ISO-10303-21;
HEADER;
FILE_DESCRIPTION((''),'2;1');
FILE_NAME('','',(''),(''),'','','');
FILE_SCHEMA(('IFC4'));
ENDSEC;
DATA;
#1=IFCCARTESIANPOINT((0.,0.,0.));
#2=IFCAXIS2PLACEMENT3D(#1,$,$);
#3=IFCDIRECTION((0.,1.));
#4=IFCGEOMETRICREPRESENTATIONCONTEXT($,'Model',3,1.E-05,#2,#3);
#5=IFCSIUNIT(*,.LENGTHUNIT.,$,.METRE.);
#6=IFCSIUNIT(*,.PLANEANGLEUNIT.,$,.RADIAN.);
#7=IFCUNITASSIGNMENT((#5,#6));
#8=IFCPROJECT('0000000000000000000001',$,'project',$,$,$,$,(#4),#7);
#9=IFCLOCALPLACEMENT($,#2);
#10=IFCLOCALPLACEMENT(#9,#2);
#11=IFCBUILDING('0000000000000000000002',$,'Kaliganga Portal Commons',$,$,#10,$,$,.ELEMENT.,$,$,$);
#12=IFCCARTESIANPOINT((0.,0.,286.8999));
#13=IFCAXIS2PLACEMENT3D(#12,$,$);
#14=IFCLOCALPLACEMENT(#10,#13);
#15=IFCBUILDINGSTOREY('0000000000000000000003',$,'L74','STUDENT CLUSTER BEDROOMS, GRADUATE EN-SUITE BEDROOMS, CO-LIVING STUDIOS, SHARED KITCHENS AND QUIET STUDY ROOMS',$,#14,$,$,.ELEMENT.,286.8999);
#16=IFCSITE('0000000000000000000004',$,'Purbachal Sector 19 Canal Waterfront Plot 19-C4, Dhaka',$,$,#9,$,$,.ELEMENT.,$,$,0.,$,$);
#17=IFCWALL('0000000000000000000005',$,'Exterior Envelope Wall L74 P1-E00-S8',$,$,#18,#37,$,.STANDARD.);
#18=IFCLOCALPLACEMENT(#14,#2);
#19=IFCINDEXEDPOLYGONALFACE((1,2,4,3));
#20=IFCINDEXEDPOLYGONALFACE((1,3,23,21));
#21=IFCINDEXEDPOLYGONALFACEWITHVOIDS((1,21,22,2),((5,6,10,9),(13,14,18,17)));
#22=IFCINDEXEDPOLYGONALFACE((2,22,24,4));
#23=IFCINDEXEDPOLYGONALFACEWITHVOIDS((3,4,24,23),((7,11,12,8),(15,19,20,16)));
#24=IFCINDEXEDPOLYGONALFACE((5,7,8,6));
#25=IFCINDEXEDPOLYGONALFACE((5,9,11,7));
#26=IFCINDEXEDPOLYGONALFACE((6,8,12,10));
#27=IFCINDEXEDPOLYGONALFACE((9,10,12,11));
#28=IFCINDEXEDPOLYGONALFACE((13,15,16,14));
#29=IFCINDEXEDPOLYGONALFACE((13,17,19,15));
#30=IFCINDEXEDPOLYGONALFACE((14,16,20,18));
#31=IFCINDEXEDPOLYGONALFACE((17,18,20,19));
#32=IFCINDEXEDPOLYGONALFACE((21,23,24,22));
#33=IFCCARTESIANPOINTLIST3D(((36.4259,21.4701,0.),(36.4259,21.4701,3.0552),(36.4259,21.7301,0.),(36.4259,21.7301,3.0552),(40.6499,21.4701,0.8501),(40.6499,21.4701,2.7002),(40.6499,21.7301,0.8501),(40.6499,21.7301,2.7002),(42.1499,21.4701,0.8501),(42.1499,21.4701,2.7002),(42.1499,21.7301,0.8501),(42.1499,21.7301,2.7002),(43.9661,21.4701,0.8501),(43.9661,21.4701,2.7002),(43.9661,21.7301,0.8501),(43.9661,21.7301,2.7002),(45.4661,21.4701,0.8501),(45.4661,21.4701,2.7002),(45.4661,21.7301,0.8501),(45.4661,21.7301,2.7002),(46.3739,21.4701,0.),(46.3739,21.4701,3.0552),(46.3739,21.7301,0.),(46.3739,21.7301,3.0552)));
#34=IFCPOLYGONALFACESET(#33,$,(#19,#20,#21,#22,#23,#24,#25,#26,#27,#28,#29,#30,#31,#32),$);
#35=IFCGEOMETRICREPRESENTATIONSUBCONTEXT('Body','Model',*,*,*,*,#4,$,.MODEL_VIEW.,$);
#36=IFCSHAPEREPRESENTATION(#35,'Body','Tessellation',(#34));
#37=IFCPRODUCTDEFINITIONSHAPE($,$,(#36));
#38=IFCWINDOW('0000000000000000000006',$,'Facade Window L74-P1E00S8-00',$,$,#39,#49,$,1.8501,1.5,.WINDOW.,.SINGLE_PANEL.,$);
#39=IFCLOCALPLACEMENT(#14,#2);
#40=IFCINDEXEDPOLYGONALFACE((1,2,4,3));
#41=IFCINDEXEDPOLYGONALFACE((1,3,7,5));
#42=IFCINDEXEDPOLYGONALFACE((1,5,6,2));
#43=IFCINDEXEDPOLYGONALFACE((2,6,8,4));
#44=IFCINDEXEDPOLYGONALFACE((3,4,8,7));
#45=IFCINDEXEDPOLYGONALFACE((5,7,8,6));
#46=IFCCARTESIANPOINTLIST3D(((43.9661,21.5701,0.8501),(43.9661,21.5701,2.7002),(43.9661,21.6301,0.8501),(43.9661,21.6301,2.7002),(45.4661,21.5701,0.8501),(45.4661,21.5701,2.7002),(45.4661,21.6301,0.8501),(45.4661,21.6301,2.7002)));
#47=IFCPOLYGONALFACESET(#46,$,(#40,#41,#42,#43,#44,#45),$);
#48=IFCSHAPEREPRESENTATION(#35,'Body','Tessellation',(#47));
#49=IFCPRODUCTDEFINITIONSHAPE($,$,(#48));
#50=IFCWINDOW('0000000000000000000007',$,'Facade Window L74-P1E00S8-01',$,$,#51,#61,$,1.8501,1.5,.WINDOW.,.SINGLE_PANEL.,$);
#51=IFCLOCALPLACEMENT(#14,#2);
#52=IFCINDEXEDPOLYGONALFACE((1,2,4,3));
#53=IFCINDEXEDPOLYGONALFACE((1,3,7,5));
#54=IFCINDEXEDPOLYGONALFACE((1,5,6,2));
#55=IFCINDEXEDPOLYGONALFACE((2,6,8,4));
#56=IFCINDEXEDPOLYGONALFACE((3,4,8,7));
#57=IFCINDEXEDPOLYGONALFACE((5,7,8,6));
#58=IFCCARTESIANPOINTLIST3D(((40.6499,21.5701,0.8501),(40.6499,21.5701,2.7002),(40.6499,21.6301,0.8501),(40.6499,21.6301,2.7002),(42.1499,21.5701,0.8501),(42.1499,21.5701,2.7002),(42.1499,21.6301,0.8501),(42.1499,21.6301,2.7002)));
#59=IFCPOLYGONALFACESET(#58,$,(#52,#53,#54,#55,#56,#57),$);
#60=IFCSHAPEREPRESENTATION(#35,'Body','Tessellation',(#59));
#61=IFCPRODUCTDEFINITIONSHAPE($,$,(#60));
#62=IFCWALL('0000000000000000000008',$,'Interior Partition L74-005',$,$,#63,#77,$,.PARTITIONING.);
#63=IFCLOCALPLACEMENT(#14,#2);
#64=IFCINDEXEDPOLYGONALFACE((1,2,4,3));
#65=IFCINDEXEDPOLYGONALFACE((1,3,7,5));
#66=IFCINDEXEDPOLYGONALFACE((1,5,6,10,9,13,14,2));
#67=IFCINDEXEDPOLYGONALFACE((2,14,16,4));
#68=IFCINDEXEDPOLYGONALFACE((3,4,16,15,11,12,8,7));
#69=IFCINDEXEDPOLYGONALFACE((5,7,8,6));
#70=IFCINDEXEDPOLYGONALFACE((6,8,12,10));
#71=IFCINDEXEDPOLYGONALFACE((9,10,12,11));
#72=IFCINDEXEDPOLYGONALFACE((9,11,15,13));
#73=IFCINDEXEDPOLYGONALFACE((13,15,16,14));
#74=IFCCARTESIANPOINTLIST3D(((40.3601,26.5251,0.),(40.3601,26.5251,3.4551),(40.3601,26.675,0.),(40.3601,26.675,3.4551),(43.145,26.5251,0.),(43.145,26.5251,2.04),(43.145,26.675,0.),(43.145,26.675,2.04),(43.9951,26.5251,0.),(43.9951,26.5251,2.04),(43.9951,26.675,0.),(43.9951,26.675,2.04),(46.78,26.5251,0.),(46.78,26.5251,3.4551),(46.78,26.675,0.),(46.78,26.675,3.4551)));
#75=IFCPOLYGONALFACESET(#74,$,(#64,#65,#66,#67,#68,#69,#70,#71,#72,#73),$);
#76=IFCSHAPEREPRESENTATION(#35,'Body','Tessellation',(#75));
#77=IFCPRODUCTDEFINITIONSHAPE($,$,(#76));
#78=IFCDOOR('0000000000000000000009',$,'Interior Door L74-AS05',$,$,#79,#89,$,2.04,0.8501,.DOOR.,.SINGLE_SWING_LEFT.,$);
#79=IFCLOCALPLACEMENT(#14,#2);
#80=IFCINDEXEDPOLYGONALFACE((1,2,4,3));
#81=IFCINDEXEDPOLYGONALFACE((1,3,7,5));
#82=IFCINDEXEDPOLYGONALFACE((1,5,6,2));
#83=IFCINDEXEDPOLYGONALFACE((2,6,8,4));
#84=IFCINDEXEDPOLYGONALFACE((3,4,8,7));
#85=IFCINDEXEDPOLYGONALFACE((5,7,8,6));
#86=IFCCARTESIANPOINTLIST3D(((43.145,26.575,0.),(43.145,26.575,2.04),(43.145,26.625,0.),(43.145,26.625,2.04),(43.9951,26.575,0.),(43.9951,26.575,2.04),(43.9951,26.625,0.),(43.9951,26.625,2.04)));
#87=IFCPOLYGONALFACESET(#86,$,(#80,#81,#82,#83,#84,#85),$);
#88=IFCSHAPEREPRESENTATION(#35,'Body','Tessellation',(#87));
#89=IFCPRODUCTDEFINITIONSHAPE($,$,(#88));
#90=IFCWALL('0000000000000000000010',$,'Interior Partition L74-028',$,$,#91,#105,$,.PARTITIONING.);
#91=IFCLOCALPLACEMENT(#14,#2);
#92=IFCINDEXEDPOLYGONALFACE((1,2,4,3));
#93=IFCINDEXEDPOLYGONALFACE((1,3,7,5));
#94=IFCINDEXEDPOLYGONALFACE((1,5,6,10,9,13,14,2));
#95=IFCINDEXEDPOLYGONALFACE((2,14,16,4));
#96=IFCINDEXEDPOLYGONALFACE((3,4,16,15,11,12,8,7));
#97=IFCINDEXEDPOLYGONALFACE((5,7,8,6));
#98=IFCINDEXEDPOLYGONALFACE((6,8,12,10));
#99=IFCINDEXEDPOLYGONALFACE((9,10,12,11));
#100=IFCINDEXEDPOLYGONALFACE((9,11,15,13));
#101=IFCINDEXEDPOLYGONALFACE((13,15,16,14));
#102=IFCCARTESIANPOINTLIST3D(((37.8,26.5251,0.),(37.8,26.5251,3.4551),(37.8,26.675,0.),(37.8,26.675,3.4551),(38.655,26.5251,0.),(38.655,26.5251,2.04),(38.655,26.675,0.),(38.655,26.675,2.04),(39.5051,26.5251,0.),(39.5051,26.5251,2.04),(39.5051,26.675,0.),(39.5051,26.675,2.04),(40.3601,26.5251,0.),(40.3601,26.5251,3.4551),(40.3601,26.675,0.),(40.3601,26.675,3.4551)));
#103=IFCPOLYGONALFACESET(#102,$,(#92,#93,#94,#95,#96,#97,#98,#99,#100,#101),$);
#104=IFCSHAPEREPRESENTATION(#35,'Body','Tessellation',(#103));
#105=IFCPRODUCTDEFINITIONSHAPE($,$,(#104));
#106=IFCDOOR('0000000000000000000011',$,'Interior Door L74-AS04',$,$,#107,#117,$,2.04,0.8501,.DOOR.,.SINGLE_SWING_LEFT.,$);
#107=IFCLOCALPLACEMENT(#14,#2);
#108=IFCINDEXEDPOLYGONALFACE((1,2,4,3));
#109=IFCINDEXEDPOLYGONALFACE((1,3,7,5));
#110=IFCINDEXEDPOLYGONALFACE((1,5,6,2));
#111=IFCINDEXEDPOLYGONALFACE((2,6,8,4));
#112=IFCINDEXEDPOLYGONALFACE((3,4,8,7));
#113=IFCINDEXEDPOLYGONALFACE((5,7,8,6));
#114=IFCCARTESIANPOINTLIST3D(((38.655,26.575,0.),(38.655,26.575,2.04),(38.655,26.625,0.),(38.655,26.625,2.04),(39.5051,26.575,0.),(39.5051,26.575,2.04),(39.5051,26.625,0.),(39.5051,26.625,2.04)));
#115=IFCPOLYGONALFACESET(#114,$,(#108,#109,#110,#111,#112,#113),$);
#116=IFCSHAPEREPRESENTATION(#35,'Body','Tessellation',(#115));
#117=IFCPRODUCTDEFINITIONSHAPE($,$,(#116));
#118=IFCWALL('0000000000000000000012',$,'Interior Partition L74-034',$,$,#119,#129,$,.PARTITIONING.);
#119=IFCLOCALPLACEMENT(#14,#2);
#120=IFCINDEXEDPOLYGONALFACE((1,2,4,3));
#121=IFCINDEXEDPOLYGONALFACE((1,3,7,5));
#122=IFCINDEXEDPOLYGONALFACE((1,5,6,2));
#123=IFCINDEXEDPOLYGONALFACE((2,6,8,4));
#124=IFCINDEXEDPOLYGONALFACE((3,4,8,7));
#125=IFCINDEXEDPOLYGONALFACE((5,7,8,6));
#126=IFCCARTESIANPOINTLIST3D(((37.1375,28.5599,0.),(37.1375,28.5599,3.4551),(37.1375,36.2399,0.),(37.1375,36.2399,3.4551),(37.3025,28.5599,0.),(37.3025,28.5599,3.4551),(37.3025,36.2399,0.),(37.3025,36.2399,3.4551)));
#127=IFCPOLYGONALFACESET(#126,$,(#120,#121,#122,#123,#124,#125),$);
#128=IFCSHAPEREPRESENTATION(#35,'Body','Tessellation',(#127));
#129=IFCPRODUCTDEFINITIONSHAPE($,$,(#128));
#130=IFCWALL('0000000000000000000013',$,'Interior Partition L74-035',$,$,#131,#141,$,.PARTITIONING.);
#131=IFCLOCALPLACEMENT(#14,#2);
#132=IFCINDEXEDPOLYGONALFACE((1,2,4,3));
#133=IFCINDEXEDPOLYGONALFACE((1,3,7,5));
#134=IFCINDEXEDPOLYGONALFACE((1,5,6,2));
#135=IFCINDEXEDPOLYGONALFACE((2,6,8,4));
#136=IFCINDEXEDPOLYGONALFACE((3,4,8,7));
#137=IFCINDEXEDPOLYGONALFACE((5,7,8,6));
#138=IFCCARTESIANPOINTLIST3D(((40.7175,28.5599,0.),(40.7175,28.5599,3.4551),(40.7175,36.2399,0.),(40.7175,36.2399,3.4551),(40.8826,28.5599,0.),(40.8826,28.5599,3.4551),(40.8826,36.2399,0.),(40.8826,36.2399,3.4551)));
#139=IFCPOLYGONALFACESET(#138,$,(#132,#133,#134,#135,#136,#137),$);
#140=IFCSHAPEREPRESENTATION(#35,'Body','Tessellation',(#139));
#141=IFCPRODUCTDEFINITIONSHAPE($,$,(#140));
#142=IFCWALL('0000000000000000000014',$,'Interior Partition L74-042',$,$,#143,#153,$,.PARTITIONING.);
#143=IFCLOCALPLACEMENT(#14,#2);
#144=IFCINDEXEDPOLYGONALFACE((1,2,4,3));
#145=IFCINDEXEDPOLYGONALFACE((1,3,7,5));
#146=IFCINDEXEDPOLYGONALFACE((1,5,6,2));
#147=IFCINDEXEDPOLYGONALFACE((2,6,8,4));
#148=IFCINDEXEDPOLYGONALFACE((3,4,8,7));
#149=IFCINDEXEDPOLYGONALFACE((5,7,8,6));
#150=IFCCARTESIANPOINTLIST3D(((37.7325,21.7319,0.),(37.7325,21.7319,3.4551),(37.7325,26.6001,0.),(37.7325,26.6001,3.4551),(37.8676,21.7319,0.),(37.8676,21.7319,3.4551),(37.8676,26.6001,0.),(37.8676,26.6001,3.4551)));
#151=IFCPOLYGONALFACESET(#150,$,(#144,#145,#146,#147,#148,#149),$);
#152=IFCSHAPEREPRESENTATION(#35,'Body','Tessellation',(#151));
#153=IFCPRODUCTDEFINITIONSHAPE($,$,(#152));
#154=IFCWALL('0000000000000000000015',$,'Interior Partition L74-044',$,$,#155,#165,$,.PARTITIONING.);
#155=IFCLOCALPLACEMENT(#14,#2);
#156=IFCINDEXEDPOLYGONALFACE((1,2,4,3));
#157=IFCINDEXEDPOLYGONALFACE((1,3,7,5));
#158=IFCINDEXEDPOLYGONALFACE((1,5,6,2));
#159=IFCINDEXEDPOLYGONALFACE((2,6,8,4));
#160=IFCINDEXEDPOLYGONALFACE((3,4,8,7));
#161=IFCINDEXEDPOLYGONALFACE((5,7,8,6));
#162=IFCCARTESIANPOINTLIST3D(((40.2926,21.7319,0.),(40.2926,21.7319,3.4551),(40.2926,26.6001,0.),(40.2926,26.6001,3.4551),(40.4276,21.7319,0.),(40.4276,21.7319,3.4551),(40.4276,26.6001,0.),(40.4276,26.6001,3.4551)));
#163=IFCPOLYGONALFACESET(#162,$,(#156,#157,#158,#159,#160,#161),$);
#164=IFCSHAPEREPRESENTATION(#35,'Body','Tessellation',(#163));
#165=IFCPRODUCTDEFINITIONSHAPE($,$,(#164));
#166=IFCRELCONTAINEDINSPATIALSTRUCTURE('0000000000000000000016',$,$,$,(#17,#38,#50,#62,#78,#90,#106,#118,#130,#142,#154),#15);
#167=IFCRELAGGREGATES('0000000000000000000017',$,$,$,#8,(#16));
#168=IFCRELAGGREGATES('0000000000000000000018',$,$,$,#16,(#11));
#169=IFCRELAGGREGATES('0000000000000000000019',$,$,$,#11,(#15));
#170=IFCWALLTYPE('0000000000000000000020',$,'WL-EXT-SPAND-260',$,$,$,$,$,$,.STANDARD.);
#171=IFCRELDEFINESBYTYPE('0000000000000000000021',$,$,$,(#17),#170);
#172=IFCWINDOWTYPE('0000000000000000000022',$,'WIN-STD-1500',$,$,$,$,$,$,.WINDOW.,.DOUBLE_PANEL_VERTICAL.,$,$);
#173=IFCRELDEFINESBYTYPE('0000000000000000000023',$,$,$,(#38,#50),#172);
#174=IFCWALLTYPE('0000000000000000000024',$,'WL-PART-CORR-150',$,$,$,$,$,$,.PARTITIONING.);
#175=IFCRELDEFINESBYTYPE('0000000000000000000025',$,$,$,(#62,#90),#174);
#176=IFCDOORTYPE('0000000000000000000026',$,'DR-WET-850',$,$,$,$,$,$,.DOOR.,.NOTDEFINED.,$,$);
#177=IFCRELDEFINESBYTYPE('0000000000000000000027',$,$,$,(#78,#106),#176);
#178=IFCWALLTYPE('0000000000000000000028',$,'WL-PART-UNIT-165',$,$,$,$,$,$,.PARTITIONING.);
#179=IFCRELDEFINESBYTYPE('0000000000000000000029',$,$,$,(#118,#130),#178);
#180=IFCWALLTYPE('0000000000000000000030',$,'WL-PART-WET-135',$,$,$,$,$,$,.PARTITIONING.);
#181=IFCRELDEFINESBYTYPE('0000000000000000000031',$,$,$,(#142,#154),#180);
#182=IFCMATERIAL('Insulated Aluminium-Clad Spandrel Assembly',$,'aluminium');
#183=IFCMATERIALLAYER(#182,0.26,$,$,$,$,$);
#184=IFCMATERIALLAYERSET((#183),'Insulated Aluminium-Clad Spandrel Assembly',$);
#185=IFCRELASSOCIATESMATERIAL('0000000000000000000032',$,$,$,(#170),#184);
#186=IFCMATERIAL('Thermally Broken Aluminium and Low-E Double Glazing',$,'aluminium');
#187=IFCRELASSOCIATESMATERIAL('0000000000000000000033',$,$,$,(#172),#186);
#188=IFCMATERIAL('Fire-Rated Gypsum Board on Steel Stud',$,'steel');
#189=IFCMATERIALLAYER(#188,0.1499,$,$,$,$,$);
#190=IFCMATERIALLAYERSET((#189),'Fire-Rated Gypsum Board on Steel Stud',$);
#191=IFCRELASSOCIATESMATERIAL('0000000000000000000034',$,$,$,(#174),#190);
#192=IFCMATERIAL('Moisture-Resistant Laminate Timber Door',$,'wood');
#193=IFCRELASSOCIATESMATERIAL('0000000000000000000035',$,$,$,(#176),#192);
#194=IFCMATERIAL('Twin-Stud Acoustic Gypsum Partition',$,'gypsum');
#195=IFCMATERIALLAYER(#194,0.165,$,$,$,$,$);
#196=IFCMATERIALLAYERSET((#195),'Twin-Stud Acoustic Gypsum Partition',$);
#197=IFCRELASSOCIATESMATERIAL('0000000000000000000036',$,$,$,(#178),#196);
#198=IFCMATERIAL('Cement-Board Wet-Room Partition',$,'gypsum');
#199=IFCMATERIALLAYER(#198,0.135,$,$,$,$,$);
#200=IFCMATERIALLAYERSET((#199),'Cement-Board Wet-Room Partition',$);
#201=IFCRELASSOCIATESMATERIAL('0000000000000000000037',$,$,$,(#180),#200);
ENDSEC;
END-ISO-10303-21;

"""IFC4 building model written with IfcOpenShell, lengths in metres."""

from ifc_helpers import new_model, si_unit, direction, frame, frame_2d, origin, place, context, subcontext, project, spatial, rectangle, extrude, material, layer, layer_set, type_object, element, fill, save


model = new_model("IFC4")

# Units and contexts
model_context = context("Model", 3, precision=1e-05, world=origin(), true_north=direction((0.0, 1.0)))
body_context = subcontext(model_context, "Body", "Model", "MODEL_VIEW")
ifc_project = project(units=[si_unit("LENGTHUNIT", "METRE"), si_unit("PLANEANGLEUNIT", "RADIAN")], contexts=[model_context])

# Site, building, storey
site_placement = place(None, origin())
site = spatial("IfcSite", under=ifc_project, at=site_placement, Name="Purbachal Sector 19 Canal Waterfront Plot 19-C4, Dhaka", CompositionType="ELEMENT", RefElevation=0.0)
building_placement = place(site_placement, origin())
building = spatial("IfcBuilding", under=site, at=building_placement, Name="Kaliganga Portal Commons", CompositionType="ELEMENT")
storey_placement = place(building_placement, frame((0.0, 0.0, 286.8999)))
storey = spatial("IfcBuildingStorey", under=building, at=storey_placement, Name="L74", Description="STUDENT CLUSTER BEDROOMS, GRADUATE EN-SUITE BEDROOMS, CO-LIVING STUDIOS, SHARED KITCHENS AND QUIET STUDY ROOMS", CompositionType="ELEMENT", Elevation=286.8999)

# Wall, openings, windows
ifc_material_1 = material(Name="Insulated Aluminium-Clad Spandrel Assembly", Category="aluminium")
ifc_layer_1 = layer(ifc_material_1, 0.26)
ifc_layer_set_1 = layer_set([ifc_layer_1], Name="Insulated Aluminium-Clad Spandrel Assembly")
wall_type_1 = type_object("IfcWallType", Name="WL-EXT-SPAND-260", PredefinedType="STANDARD", material=ifc_layer_set_1)
wall_1_placement = place(storey_placement, frame((46.374, 21.6001, 0.0), z_axis=(0.0, 0.0, 1.0), x_axis=(-1.0, 0.0, 0.0)))
wall_1 = element("IfcWall", 1, at=wall_1_placement, inside=storey, type_object=wall_type_1, Name="Exterior Envelope Wall L74 P1-E00-S8", PredefinedType="STANDARD", context=body_context, shape_type="SweptSolid", body=[
    extrude(rectangle(XDim=9.948, YDim=0.26, at=frame_2d((4.9741, 0.0))), origin(), (0.0, 0.0, 1.0), 3.0552),
])
opening_1_placement = place(wall_1_placement, frame((0.908, 0.0, 0.8501)))
opening_1 = element("IfcOpeningElement", 2, at=opening_1_placement, cuts=wall_1, PredefinedType="OPENING", context=body_context, shape_type="SweptSolid", body=[
    extrude(rectangle(XDim=1.5, YDim=1.8501, at=frame_2d((0.75, 0.925))), frame((0.0, 0.1401, 0.0), z_axis=(0.0, -1.0, 0.0), x_axis=(1.0, 0.0, 0.0)), (0.0, 0.0, 1.0), 0.28),
])
opening_2_placement = place(wall_1_placement, frame((4.2241, 0.0, 0.8501)))
opening_2 = element("IfcOpeningElement", 3, at=opening_2_placement, cuts=wall_1, PredefinedType="OPENING", context=body_context, shape_type="SweptSolid", body=[
    extrude(rectangle(XDim=1.5, YDim=1.8501, at=frame_2d((0.75, 0.925))), frame((0.0, 0.1401, 0.0), z_axis=(0.0, -1.0, 0.0), x_axis=(1.0, 0.0, 0.0)), (0.0, 0.0, 1.0), 0.28),
])
ifc_material_2 = material(Name="Thermally Broken Aluminium and Low-E Double Glazing", Category="aluminium")
window_type = type_object("IfcWindowType", Name="WIN-STD-1500", PartitioningType="DOUBLE_PANEL_VERTICAL", PredefinedType="WINDOW", material=ifc_material_2)
window_1_placement = place(opening_1_placement, origin())
window_1 = element("IfcWindow", 4, at=window_1_placement, inside=storey, type_object=window_type, Name="Facade Window L74-P1E00S8-00", OverallHeight=1.8501, OverallWidth=1.5, PartitioningType="SINGLE_PANEL", PredefinedType="WINDOW", context=body_context, shape_type="SweptSolid", body=[
    extrude(rectangle(XDim=1.5, YDim=1.8501, at=frame_2d((0.75, 0.925))), frame((0.0, 0.03, 0.0), z_axis=(0.0, -1.0, 0.0), x_axis=(1.0, 0.0, 0.0)), (0.0, 0.0, 1.0), 0.0601),
])
fill(opening_1, window_1)
window_2_placement = place(opening_2_placement, origin())
window_2 = element("IfcWindow", 5, at=window_2_placement, inside=storey, type_object=window_type, Name="Facade Window L74-P1E00S8-01", OverallHeight=1.8501, OverallWidth=1.5, PartitioningType="SINGLE_PANEL", PredefinedType="WINDOW", context=body_context, shape_type="SweptSolid", body=[
    extrude(rectangle(XDim=1.5, YDim=1.8501, at=frame_2d((0.75, 0.925))), frame((0.0, 0.03, 0.0), z_axis=(0.0, -1.0, 0.0), x_axis=(1.0, 0.0, 0.0)), (0.0, 0.0, 1.0), 0.0601),
])
fill(opening_2, window_2)

# Walls, openings, doors
ifc_material_3 = material(Name="Fire-Rated Gypsum Board on Steel Stud", Category="steel")
ifc_layer_2 = layer(ifc_material_3, 0.1499)
ifc_layer_set_2 = layer_set([ifc_layer_2], Name="Fire-Rated Gypsum Board on Steel Stud")
wall_type_2 = type_object("IfcWallType", Name="WL-PART-CORR-150", PredefinedType="PARTITIONING", material=ifc_layer_set_2)
wall_2_placement = place(storey_placement, frame((40.3601, 26.6001, 0.0), z_axis=(0.0, 0.0, 1.0), x_axis=(1.0, 0.0, 0.0)))
wall_2 = element("IfcWall", 6, at=wall_2_placement, inside=storey, type_object=wall_type_2, Name="Interior Partition L74-005", PredefinedType="PARTITIONING", context=body_context, shape_type="SweptSolid", body=[
    extrude(rectangle(XDim=6.4199, YDim=0.1499, at=frame_2d((3.21, 0.0))), origin(), (0.0, 0.0, 1.0), 3.4551),
])
opening_3_placement = place(wall_2_placement, frame((2.7849, 0.0, 0.0)))
opening_3 = element("IfcOpeningElement", 7, at=opening_3_placement, cuts=wall_2, PredefinedType="OPENING", context=body_context, shape_type="SweptSolid", body=[
    extrude(rectangle(XDim=0.8501, YDim=2.04, at=frame_2d((0.425, 1.02))), frame((0.0, 0.085, 0.0), z_axis=(0.0, -1.0, 0.0), x_axis=(1.0, 0.0, 0.0)), (0.0, 0.0, 1.0), 0.1699),
])
ifc_material_4 = material(Name="Moisture-Resistant Laminate Timber Door", Category="wood")
door_type_1 = type_object("IfcDoorType", Name="DR-WET-850", OperationType="NOTDEFINED", PredefinedType="DOOR", material=ifc_material_4)
door_1_placement = place(opening_3_placement, origin())
door_1 = element("IfcDoor", 8, at=door_1_placement, inside=storey, type_object=door_type_1, Name="Interior Door L74-AS05", OperationType="SINGLE_SWING_LEFT", OverallHeight=2.04, OverallWidth=0.8501, PredefinedType="DOOR", context=body_context, shape_type="SweptSolid", body=[
    extrude(rectangle(XDim=0.8501, YDim=2.04, at=frame_2d((0.425, 1.02))), frame((0.0, 0.0249, 0.0), z_axis=(0.0, -1.0, 0.0), x_axis=(1.0, 0.0, 0.0)), (0.0, 0.0, 1.0), 0.05),
])
fill(opening_3, door_1)
wall_3_placement = place(storey_placement, frame((37.8, 26.6001, 0.0), z_axis=(0.0, 0.0, 1.0), x_axis=(1.0, 0.0, 0.0)))
wall_3 = element("IfcWall", 9, at=wall_3_placement, inside=storey, type_object=wall_type_2, Name="Interior Partition L74-028", PredefinedType="PARTITIONING", context=body_context, shape_type="SweptSolid", body=[
    extrude(rectangle(XDim=2.5601, YDim=0.1499, at=frame_2d((1.28, 0.0))), origin(), (0.0, 0.0, 1.0), 3.4551),
])
opening_4_placement = place(wall_3_placement, frame((0.855, 0.0, 0.0)))
opening_4 = element("IfcOpeningElement", 10, at=opening_4_placement, cuts=wall_3, PredefinedType="OPENING", context=body_context, shape_type="SweptSolid", body=[
    extrude(rectangle(XDim=0.8501, YDim=2.04, at=frame_2d((0.425, 1.02))), frame((0.0, 0.085, 0.0), z_axis=(0.0, -1.0, 0.0), x_axis=(1.0, 0.0, 0.0)), (0.0, 0.0, 1.0), 0.1699),
])
door_2_placement = place(opening_4_placement, origin())
door_2 = element("IfcDoor", 11, at=door_2_placement, inside=storey, type_object=door_type_1, Name="Interior Door L74-AS04", OperationType="SINGLE_SWING_LEFT", OverallHeight=2.04, OverallWidth=0.8501, PredefinedType="DOOR", context=body_context, shape_type="SweptSolid", body=[
    extrude(rectangle(XDim=0.8501, YDim=2.04, at=frame_2d((0.425, 1.02))), frame((0.0, 0.0249, 0.0), z_axis=(0.0, -1.0, 0.0), x_axis=(1.0, 0.0, 0.0)), (0.0, 0.0, 1.0), 0.05),
])
fill(opening_4, door_2)

# Walls
ifc_material_5 = material(Name="Twin-Stud Acoustic Gypsum Partition", Category="gypsum")
ifc_layer_3 = layer(ifc_material_5, 0.165)
ifc_layer_set_3 = layer_set([ifc_layer_3], Name="Twin-Stud Acoustic Gypsum Partition")
wall_type_3 = type_object("IfcWallType", Name="WL-PART-UNIT-165", PredefinedType="PARTITIONING", material=ifc_layer_set_3)
for number, where, z_axis, x_axis, name in (
    (12, (37.22, 28.5601, 0.0), (0.0, 0.0, 1.0), (0.0, 1.0, 0.0), "Interior Partition L74-034"),
    (13, (40.8, 28.5601, 0.0), (0.0, 0.0, 1.0), (0.0, 1.0, 0.0), "Interior Partition L74-035"),
):
    element("IfcWall", number, at=place(storey_placement, frame(where, z_axis=z_axis, x_axis=x_axis)), inside=storey, type_object=wall_type_3, Name=name, PredefinedType="PARTITIONING", context=body_context, shape_type="SweptSolid", body=[
        extrude(rectangle(XDim=7.6799, YDim=0.165, at=frame_2d((3.8398, 0.0))), origin(), (0.0, 0.0, 1.0), 3.4551),
    ])
ifc_material_6 = material(Name="Cement-Board Wet-Room Partition", Category="gypsum")
ifc_layer_4 = layer(ifc_material_6, 0.135)
ifc_layer_set_4 = layer_set([ifc_layer_4], Name="Cement-Board Wet-Room Partition")
wall_type_4 = type_object("IfcWallType", Name="WL-PART-WET-135", PredefinedType="PARTITIONING", material=ifc_layer_set_4)
for number, where, z_axis, x_axis, name in (
    (14, (37.8, 21.7319, 0.0), (0.0, 0.0, 1.0), (0.0, 1.0, 0.0), "Interior Partition L74-042"),
    (15, (40.3601, 21.7319, 0.0), (0.0, 0.0, 1.0), (0.0, 1.0, 0.0), "Interior Partition L74-044"),
):
    element("IfcWall", number, at=place(storey_placement, frame(where, z_axis=z_axis, x_axis=x_axis)), inside=storey, type_object=wall_type_4, Name=name, PredefinedType="PARTITIONING", context=body_context, shape_type="SweptSolid", body=[
        extrude(rectangle(XDim=4.8682, YDim=0.135, at=frame_2d((2.4341, 0.0))), origin(), (0.0, 0.0, 1.0), 3.4551),
    ])

save(model, "model.ifc")
